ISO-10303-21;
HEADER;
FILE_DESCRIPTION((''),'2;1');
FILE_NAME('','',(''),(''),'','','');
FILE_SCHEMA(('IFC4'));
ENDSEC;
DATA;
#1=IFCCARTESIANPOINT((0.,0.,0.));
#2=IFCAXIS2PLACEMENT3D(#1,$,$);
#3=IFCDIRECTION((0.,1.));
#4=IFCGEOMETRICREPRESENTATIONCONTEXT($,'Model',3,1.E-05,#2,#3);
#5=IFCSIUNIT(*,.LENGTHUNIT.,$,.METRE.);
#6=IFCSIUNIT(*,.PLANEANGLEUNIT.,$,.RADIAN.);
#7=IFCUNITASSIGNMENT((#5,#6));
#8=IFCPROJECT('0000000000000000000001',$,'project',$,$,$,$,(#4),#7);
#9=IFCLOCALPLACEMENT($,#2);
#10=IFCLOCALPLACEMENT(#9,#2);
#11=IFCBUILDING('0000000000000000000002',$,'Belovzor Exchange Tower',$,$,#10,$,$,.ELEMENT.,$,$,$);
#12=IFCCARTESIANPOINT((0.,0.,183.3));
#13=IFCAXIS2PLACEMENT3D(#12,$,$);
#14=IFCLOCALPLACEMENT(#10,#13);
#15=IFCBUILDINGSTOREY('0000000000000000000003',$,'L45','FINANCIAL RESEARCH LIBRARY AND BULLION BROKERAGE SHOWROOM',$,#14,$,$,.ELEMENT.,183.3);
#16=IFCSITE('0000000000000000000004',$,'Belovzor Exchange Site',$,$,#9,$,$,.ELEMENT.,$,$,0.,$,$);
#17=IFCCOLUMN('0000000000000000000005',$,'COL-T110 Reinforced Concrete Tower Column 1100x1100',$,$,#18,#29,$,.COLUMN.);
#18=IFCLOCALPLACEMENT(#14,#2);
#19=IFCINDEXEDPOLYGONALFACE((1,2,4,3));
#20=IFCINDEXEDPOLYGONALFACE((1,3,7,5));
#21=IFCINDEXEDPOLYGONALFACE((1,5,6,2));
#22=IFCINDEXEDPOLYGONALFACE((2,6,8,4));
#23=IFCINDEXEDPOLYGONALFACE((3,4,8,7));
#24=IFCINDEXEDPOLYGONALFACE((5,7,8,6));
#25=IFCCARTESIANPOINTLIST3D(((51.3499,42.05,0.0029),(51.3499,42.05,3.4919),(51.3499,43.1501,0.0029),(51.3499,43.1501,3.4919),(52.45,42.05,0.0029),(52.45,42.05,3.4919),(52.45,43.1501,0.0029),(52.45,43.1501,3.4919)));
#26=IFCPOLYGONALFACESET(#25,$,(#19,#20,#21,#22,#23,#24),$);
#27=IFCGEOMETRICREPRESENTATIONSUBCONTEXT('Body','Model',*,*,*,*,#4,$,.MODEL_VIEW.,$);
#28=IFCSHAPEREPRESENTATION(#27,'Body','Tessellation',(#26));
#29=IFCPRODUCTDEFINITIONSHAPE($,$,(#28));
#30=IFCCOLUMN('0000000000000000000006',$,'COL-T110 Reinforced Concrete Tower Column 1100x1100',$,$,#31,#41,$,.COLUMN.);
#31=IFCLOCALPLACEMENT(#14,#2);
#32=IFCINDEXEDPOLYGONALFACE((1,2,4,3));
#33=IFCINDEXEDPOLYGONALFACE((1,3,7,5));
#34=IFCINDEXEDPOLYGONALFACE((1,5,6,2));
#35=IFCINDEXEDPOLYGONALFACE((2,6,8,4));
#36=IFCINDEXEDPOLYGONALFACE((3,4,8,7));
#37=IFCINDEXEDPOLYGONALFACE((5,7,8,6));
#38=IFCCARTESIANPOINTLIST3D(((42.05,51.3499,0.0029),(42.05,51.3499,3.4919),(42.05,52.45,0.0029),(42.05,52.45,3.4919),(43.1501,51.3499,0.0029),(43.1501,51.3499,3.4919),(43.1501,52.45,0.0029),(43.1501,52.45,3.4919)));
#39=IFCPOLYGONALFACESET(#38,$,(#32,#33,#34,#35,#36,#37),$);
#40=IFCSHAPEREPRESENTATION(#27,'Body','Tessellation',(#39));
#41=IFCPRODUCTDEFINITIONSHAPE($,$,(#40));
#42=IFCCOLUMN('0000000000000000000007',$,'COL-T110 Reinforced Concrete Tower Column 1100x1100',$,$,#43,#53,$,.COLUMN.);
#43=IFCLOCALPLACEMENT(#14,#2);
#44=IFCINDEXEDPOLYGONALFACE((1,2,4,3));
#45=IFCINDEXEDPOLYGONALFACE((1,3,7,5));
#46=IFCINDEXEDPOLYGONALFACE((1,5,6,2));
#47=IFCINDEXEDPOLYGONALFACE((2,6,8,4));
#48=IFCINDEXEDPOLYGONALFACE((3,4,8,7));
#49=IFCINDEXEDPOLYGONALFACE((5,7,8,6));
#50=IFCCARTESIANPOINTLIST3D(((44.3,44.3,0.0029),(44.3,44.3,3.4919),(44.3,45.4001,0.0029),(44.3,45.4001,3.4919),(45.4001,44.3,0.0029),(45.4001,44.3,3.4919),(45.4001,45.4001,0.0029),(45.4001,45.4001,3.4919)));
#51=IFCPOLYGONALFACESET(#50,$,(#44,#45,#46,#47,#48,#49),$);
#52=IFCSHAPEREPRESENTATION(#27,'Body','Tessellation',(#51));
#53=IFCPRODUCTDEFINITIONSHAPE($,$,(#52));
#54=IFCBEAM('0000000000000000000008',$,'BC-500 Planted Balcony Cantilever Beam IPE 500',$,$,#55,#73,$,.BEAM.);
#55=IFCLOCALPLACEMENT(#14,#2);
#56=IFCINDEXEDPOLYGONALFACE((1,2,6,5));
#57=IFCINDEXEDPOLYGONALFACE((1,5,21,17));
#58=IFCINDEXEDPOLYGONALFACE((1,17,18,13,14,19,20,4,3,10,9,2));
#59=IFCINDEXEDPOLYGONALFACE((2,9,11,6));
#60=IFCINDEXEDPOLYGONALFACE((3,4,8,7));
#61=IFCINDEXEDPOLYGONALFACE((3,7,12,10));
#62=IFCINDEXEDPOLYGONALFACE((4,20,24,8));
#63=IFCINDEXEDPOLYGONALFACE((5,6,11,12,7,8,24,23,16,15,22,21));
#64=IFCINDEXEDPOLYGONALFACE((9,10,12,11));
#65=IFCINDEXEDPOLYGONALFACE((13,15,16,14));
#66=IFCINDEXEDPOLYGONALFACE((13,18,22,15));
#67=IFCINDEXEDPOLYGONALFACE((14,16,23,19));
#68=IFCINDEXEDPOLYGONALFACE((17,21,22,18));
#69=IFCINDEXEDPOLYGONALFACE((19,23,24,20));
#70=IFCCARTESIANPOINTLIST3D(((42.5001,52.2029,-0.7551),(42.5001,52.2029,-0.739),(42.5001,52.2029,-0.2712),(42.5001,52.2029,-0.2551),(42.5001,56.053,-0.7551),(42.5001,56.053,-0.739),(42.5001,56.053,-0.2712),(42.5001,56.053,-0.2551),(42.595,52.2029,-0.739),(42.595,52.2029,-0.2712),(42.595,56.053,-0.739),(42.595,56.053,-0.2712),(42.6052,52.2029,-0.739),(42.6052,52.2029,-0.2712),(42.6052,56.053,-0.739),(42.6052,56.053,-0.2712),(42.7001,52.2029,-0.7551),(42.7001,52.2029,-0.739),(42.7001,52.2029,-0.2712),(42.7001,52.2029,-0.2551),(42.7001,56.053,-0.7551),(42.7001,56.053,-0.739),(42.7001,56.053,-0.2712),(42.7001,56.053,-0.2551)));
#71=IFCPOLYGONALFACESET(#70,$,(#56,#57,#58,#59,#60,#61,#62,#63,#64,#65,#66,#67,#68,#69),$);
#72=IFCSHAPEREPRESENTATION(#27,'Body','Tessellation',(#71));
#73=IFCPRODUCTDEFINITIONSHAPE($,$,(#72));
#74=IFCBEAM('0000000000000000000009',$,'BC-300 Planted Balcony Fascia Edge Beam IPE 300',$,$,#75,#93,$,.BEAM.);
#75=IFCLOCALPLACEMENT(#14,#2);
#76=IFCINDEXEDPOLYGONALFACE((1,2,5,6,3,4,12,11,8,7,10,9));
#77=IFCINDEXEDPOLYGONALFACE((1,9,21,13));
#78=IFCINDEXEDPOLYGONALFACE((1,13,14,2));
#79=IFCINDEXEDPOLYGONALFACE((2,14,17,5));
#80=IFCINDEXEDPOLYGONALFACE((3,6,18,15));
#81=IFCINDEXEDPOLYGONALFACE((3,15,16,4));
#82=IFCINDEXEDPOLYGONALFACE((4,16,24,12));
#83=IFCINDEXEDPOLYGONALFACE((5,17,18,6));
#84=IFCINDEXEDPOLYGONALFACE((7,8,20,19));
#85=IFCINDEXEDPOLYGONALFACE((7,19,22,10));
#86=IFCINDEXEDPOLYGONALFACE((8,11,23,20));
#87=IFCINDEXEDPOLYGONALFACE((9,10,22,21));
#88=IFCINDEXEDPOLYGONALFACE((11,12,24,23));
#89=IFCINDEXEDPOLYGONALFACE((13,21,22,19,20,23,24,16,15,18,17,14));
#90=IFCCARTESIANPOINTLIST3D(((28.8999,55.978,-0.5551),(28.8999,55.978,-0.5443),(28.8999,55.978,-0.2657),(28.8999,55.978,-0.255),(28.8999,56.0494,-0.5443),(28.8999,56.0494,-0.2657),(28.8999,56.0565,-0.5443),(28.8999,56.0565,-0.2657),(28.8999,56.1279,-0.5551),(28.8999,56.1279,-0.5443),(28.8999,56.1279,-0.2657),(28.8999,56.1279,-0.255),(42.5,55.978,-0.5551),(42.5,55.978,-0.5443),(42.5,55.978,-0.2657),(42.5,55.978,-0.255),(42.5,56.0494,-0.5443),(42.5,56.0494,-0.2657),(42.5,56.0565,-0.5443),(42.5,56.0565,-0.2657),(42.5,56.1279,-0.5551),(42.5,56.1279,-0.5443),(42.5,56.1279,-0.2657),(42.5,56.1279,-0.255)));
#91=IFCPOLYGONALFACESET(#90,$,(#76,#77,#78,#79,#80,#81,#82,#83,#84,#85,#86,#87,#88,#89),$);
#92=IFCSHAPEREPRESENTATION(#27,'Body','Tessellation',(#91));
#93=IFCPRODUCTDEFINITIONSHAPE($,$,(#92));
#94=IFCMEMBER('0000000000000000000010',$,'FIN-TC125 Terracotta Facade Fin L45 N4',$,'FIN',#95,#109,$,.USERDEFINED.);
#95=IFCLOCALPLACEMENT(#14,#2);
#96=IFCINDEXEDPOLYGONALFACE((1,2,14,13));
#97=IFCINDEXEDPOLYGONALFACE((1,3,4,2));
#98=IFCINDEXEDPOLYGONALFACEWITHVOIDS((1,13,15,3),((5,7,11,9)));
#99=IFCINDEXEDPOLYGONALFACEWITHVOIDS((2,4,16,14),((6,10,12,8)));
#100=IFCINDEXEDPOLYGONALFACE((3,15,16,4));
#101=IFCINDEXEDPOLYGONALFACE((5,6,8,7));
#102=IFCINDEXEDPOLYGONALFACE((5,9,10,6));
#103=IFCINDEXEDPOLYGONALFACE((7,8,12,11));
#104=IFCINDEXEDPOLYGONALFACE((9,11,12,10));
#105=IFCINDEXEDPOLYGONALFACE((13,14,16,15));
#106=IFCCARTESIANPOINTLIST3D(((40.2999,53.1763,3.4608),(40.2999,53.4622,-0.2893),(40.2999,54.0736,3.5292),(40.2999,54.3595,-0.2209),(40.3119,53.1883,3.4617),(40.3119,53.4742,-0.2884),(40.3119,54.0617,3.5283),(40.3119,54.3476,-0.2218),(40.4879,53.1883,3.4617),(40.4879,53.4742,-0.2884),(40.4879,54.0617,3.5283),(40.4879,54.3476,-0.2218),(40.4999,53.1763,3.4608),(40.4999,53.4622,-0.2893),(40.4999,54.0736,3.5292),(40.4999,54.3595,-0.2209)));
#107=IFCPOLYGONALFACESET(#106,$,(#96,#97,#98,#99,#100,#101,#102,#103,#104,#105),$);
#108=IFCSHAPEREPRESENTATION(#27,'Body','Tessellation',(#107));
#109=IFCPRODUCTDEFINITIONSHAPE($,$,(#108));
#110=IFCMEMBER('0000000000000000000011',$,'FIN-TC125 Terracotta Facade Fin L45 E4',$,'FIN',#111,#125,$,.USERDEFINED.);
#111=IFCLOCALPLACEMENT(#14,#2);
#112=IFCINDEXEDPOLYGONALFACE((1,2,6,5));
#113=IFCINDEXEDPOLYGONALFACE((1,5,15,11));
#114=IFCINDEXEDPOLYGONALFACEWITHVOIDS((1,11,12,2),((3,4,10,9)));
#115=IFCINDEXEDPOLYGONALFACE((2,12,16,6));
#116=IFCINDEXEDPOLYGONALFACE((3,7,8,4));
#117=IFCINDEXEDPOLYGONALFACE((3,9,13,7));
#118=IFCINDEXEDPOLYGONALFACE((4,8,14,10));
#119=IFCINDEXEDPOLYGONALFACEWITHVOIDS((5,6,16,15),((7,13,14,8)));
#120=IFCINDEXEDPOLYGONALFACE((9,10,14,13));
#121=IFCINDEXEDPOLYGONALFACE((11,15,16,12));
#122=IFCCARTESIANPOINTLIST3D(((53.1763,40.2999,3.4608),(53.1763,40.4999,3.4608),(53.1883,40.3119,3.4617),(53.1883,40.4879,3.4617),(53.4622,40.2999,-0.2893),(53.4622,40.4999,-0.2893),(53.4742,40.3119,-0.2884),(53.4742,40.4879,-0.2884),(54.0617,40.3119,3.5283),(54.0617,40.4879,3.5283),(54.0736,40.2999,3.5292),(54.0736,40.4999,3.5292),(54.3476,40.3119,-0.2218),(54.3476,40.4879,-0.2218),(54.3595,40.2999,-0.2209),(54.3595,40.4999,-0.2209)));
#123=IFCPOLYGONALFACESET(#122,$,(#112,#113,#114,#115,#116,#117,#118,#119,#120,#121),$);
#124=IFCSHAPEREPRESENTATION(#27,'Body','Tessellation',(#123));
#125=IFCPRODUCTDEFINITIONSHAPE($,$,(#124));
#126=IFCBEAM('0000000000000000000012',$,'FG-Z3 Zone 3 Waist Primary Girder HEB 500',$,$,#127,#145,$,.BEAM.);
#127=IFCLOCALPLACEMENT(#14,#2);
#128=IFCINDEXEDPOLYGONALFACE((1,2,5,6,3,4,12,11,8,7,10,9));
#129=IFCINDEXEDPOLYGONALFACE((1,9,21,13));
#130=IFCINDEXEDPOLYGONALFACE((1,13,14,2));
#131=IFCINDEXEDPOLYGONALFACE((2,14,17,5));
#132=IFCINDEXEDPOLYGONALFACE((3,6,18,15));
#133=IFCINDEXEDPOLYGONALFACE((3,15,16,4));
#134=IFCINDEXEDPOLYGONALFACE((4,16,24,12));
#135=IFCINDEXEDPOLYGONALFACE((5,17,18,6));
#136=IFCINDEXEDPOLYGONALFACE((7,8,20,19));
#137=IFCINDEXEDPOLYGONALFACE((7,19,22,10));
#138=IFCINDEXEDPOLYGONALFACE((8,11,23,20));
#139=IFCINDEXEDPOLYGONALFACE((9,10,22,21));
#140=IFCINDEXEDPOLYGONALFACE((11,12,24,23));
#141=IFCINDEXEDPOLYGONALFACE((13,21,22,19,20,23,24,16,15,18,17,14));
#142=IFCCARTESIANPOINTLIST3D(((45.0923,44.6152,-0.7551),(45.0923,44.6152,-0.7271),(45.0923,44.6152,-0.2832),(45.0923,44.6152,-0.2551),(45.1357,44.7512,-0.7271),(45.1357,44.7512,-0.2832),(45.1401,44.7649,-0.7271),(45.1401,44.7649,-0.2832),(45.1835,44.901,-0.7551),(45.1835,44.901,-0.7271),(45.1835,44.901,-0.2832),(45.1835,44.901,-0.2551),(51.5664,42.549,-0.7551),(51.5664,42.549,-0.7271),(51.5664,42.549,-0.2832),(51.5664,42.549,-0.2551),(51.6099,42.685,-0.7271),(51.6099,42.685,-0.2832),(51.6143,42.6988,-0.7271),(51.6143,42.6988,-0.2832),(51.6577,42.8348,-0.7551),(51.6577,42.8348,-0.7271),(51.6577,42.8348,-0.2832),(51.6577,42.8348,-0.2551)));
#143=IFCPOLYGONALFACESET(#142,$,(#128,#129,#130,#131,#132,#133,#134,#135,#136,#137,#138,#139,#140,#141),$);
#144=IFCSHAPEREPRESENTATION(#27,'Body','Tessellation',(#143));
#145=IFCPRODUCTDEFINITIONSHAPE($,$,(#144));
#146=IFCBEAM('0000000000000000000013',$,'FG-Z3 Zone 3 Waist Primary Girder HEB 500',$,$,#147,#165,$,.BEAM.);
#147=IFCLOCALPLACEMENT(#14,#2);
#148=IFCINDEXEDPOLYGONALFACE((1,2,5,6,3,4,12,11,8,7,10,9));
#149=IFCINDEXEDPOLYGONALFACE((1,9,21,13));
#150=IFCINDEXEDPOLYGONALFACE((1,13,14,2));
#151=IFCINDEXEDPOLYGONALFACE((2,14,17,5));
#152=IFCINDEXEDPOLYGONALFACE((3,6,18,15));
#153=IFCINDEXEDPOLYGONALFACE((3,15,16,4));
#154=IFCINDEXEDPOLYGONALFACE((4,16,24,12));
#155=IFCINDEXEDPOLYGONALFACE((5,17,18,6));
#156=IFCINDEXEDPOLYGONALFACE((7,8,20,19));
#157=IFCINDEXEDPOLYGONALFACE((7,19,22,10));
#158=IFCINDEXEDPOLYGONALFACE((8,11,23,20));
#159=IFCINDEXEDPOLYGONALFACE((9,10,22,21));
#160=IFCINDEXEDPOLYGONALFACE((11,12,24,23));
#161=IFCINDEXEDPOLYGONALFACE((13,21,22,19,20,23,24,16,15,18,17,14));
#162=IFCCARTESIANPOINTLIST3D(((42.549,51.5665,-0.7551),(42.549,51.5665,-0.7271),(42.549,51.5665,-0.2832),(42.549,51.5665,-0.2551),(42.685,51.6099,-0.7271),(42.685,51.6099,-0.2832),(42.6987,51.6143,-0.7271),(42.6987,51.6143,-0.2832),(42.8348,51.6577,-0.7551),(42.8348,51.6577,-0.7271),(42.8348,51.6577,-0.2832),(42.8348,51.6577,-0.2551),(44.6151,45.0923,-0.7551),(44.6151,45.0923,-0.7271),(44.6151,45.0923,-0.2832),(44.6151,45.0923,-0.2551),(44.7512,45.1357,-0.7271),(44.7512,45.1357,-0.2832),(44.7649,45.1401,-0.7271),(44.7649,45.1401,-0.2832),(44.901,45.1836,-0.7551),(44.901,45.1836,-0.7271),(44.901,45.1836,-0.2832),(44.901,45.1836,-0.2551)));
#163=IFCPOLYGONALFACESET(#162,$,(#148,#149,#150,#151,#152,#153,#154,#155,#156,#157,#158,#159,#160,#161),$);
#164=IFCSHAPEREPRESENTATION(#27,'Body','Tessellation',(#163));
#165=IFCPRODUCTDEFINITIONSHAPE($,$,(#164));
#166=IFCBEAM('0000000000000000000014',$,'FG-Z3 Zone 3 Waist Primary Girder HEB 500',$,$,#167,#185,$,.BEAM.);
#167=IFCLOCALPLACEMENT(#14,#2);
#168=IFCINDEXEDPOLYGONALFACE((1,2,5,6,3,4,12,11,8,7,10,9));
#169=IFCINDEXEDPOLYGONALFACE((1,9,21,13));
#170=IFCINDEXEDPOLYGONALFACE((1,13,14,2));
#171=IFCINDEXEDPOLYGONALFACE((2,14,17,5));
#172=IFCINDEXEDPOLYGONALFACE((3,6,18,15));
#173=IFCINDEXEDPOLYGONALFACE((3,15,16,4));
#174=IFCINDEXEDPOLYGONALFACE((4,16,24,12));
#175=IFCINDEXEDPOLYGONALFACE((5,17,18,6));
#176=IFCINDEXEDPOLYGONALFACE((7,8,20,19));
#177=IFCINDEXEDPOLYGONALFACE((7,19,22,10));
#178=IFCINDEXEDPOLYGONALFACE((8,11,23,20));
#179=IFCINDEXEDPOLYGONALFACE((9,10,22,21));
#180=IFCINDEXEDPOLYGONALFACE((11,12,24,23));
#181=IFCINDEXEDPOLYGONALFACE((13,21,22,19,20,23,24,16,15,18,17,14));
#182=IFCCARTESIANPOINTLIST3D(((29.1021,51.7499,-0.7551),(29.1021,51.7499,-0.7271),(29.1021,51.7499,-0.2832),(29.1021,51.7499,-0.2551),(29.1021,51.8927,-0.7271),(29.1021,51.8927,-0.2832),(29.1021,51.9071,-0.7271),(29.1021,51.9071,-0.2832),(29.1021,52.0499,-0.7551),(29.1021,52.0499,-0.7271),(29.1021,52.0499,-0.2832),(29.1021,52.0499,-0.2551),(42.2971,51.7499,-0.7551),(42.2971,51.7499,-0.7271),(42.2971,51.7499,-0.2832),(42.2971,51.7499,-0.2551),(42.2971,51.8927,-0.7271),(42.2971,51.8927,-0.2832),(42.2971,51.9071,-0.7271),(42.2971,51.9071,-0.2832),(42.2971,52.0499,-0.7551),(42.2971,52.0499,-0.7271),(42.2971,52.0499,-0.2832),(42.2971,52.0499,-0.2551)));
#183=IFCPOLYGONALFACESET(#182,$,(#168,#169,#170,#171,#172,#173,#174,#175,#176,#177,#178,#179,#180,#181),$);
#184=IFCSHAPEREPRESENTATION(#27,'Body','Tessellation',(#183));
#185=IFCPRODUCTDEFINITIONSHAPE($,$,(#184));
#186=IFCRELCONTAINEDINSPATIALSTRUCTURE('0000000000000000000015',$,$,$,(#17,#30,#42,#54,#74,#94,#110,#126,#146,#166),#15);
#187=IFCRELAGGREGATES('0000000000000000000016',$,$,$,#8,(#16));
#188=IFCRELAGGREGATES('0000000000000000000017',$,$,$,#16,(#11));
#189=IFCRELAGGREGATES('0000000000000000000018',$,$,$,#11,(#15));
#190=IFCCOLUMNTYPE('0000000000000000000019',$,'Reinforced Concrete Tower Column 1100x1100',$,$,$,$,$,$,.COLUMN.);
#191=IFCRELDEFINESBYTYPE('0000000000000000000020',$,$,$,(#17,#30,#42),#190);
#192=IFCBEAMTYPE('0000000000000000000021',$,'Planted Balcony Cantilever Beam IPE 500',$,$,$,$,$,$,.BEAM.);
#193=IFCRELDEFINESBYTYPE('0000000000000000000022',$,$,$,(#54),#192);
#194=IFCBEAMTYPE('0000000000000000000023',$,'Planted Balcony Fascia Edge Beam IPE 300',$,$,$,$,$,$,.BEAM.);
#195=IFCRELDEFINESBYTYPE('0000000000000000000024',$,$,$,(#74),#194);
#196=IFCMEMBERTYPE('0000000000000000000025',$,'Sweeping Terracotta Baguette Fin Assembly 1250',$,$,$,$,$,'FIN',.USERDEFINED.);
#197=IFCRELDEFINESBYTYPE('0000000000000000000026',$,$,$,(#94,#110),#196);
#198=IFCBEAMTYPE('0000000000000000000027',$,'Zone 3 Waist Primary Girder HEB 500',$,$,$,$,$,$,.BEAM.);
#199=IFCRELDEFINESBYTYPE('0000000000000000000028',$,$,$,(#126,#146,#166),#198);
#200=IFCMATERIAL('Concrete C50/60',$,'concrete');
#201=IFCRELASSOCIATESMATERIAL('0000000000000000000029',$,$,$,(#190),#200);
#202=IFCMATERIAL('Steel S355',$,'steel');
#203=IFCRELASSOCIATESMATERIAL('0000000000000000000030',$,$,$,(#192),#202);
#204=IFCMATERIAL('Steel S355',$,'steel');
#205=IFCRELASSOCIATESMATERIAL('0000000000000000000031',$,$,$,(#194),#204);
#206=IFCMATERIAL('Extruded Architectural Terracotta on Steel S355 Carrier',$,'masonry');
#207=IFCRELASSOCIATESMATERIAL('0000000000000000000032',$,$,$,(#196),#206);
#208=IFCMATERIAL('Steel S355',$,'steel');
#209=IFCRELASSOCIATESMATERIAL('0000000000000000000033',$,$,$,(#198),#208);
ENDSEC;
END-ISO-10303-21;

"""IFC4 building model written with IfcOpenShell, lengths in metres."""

from ifc_helpers import new_model, si_unit, direction, frame, origin, origin_2d, place, context, subcontext, project, spatial, rectangle, hollow_rectangle, i_section, extrude, material, material_profile, profile_set, type_object, element, save


model = new_model("IFC4")

# Units and contexts
model_context = context("Model", 3, precision=1e-05, world=origin(), true_north=direction((0.0, 1.0)))
body_context = subcontext(model_context, "Body", "Model", "MODEL_VIEW")
ifc_project = project(units=[si_unit("LENGTHUNIT", "METRE"), si_unit("PLANEANGLEUNIT", "RADIAN")], contexts=[model_context])

# Site, building, storey
site_placement = place(None, origin())
site = spatial("IfcSite", under=ifc_project, at=site_placement, Name="Belovzor Exchange Site", CompositionType="ELEMENT", RefElevation=0.0)
building_placement = place(site_placement, origin())
building = spatial("IfcBuilding", under=site, at=building_placement, Name="Belovzor Exchange Tower", CompositionType="ELEMENT")
storey_placement = place(building_placement, frame((0.0, 0.0, 183.3)))
storey = spatial("IfcBuildingStorey", under=building, at=storey_placement, Name="L45", Description="FINANCIAL RESEARCH LIBRARY AND BULLION BROKERAGE SHOWROOM", CompositionType="ELEMENT", Elevation=183.3)

# Columns
ifc_material_1 = material(Name="Concrete C50/60", Category="concrete")
ifc_material_profile_1 = material_profile(ifc_material_1, rectangle(XDim=1.1001, YDim=1.1001, at=origin_2d()))
ifc_profile_set_1 = profile_set([ifc_material_profile_1], Name="Concrete C50/60")
column_type = type_object("IfcColumnType", Name="Reinforced Concrete Tower Column 1100x1100", PredefinedType="COLUMN", material=ifc_profile_set_1)
for number, where, z_axis, x_axis, name in (
    (1, (51.8999, 42.6001, 0.0029), (0.0, 0.0, 1.0), (1.0, 0.0, 0.0), "COL-T110 Reinforced Concrete Tower Column 1100x1100"),
    (2, (42.6001, 51.8999, 0.0029), (0.0, 0.0, 1.0), (1.0, 0.0, 0.0), "COL-T110 Reinforced Concrete Tower Column 1100x1100"),
    (3, (44.8501, 44.8501, 0.0029), (0.0, 0.0, 1.0), (1.0, 0.0, 0.0), "COL-T110 Reinforced Concrete Tower Column 1100x1100"),
):
    element("IfcColumn", number, at=place(storey_placement, frame(where, z_axis=z_axis, x_axis=x_axis)), inside=storey, type_object=column_type, Name=name, PredefinedType="COLUMN", context=body_context, shape_type="SweptSolid", body=[
        extrude(rectangle(XDim=1.1001, YDim=1.1001, at=origin_2d()), origin(), (0.0, 0.0, 1.0), 3.489),
    ])

# Beams
ifc_material_2 = material(Name="Steel S355", Category="steel")
ifc_material_profile_2 = material_profile(ifc_material_2, i_section(OverallWidth=0.2, OverallDepth=0.5, WebThickness=0.0103, FlangeThickness=0.0161, at=origin_2d()))
ifc_profile_set_2 = profile_set([ifc_material_profile_2], Name="Steel S355")
beam_type_1 = type_object("IfcBeamType", Name="Planted Balcony Cantilever Beam IPE 500", PredefinedType="BEAM", material=ifc_profile_set_2)
beam_1_placement = place(storey_placement, frame((42.6001, 52.2029, -0.5051), z_axis=(0.0, 1.0, 0.0), x_axis=(-1.0, 0.0, 0.0)))
element("IfcBeam", 4, at=beam_1_placement, inside=storey, type_object=beam_type_1, Name="BC-500 Planted Balcony Cantilever Beam IPE 500", PredefinedType="BEAM", context=body_context, shape_type="SweptSolid", body=[
    extrude(i_section(OverallWidth=0.2, OverallDepth=0.5, WebThickness=0.0103, FlangeThickness=0.0161, at=origin_2d()), origin(), (0.0, 0.0, 1.0), 3.8501),
])
ifc_material_3 = material(Name="Steel S355", Category="steel")
ifc_material_profile_3 = material_profile(ifc_material_3, i_section(OverallWidth=0.1499, OverallDepth=0.3, WebThickness=0.0071, FlangeThickness=0.0107, at=origin_2d()))
ifc_profile_set_3 = profile_set([ifc_material_profile_3], Name="Steel S355")
beam_type_2 = type_object("IfcBeamType", Name="Planted Balcony Fascia Edge Beam IPE 300", PredefinedType="BEAM", material=ifc_profile_set_3)
beam_2_placement = place(storey_placement, frame((42.5, 56.053, -0.405), z_axis=(-1.0, 0.0, 0.0), x_axis=(0.0, -1.0, 0.0)))
element("IfcBeam", 5, at=beam_2_placement, inside=storey, type_object=beam_type_2, Name="BC-300 Planted Balcony Fascia Edge Beam IPE 300", PredefinedType="BEAM", context=body_context, shape_type="SweptSolid", body=[
    extrude(i_section(OverallWidth=0.1499, OverallDepth=0.3, WebThickness=0.0071, FlangeThickness=0.0107, at=origin_2d()), origin(), (0.0, 0.0, 1.0), 13.6001),
])

# Members
ifc_material_4 = material(Name="Extruded Architectural Terracotta on Steel S355 Carrier", Category="masonry")
ifc_material_profile_4 = material_profile(ifc_material_4, hollow_rectangle(XDim=0.2, YDim=0.8999, WallThickness=0.012, at=origin_2d()))
ifc_profile_set_4 = profile_set([ifc_material_profile_4], Name="Extruded Architectural Terracotta on Steel S355 Carrier")
member_type = type_object("IfcMemberType", Name="Sweeping Terracotta Baguette Fin Assembly 1250", ElementType="FIN", PredefinedType="USERDEFINED", material=ifc_profile_set_4)
for number, where, z_axis, x_axis, name in (
    (6, (40.3999, 53.9109, -0.2551), (0.0, -0.076016, 0.997107), (1.0, 0.0, 0.0), "FIN-TC125 Terracotta Facade Fin L45 N4"),
    (7, (53.9109, 40.3999, -0.2551), (-0.076016, 0.0, 0.997107), (0.0, -1.0, 0.0), "FIN-TC125 Terracotta Facade Fin L45 E4"),
):
    element("IfcMember", number, at=place(storey_placement, frame(where, z_axis=z_axis, x_axis=x_axis)), inside=storey, type_object=member_type, Name=name, ObjectType="FIN", PredefinedType="USERDEFINED", context=body_context, shape_type="SweptSolid", body=[
        extrude(hollow_rectangle(XDim=0.2, YDim=0.8999, WallThickness=0.012, at=origin_2d()), origin(), (0.0, 0.0, 1.0), 3.761),
    ])

# Beams
ifc_material_5 = material(Name="Steel S355", Category="steel")
ifc_material_profile_5 = material_profile(ifc_material_5, i_section(OverallWidth=0.3, OverallDepth=0.5, WebThickness=0.0144, FlangeThickness=0.0281, at=origin_2d()))
ifc_profile_set_5 = profile_set([ifc_material_profile_5], Name="Steel S355")
beam_type_3 = type_object("IfcBeamType", Name="Zone 3 Waist Primary Girder HEB 500", PredefinedType="BEAM", material=ifc_profile_set_5)
for number, where, z_axis, x_axis, name in (
    (8, (51.6121, 42.6919, -0.5051), (-0.952661, 0.304034, 0.0), (-0.304034, -0.952661, 0.0), "FG-Z3 Zone 3 Waist Primary Girder HEB 500"),
    (9, (44.7581, 45.1379, -0.5051), (-0.304034, 0.952661, 0.0), (-0.952661, -0.304034, 0.0), "FG-Z3 Zone 3 Waist Primary Girder HEB 500"),
):
    element("IfcBeam", number, at=place(storey_placement, frame(where, z_axis=z_axis, x_axis=x_axis)), inside=storey, type_object=beam_type_3, Name=name, PredefinedType="BEAM", context=body_context, shape_type="SweptSolid", body=[
        extrude(i_section(OverallWidth=0.3, OverallDepth=0.5, WebThickness=0.0144, FlangeThickness=0.0281, at=origin_2d()), origin(), (0.0, 0.0, 1.0), 6.7959),
    ])
beam_3_placement = place(storey_placement, frame((42.2971, 51.8999, -0.5051), z_axis=(-1.0, 0.0, 0.0), x_axis=(0.0, -1.0, 0.0)))
element("IfcBeam", 10, at=beam_3_placement, inside=storey, type_object=beam_type_3, Name="FG-Z3 Zone 3 Waist Primary Girder HEB 500", PredefinedType="BEAM", context=body_context, shape_type="SweptSolid", body=[
    extrude(i_section(OverallWidth=0.3, OverallDepth=0.5, WebThickness=0.0144, FlangeThickness=0.0281, at=origin_2d()), origin(), (0.0, 0.0, 1.0), 13.1951),
])

save(model, "model.ifc")
